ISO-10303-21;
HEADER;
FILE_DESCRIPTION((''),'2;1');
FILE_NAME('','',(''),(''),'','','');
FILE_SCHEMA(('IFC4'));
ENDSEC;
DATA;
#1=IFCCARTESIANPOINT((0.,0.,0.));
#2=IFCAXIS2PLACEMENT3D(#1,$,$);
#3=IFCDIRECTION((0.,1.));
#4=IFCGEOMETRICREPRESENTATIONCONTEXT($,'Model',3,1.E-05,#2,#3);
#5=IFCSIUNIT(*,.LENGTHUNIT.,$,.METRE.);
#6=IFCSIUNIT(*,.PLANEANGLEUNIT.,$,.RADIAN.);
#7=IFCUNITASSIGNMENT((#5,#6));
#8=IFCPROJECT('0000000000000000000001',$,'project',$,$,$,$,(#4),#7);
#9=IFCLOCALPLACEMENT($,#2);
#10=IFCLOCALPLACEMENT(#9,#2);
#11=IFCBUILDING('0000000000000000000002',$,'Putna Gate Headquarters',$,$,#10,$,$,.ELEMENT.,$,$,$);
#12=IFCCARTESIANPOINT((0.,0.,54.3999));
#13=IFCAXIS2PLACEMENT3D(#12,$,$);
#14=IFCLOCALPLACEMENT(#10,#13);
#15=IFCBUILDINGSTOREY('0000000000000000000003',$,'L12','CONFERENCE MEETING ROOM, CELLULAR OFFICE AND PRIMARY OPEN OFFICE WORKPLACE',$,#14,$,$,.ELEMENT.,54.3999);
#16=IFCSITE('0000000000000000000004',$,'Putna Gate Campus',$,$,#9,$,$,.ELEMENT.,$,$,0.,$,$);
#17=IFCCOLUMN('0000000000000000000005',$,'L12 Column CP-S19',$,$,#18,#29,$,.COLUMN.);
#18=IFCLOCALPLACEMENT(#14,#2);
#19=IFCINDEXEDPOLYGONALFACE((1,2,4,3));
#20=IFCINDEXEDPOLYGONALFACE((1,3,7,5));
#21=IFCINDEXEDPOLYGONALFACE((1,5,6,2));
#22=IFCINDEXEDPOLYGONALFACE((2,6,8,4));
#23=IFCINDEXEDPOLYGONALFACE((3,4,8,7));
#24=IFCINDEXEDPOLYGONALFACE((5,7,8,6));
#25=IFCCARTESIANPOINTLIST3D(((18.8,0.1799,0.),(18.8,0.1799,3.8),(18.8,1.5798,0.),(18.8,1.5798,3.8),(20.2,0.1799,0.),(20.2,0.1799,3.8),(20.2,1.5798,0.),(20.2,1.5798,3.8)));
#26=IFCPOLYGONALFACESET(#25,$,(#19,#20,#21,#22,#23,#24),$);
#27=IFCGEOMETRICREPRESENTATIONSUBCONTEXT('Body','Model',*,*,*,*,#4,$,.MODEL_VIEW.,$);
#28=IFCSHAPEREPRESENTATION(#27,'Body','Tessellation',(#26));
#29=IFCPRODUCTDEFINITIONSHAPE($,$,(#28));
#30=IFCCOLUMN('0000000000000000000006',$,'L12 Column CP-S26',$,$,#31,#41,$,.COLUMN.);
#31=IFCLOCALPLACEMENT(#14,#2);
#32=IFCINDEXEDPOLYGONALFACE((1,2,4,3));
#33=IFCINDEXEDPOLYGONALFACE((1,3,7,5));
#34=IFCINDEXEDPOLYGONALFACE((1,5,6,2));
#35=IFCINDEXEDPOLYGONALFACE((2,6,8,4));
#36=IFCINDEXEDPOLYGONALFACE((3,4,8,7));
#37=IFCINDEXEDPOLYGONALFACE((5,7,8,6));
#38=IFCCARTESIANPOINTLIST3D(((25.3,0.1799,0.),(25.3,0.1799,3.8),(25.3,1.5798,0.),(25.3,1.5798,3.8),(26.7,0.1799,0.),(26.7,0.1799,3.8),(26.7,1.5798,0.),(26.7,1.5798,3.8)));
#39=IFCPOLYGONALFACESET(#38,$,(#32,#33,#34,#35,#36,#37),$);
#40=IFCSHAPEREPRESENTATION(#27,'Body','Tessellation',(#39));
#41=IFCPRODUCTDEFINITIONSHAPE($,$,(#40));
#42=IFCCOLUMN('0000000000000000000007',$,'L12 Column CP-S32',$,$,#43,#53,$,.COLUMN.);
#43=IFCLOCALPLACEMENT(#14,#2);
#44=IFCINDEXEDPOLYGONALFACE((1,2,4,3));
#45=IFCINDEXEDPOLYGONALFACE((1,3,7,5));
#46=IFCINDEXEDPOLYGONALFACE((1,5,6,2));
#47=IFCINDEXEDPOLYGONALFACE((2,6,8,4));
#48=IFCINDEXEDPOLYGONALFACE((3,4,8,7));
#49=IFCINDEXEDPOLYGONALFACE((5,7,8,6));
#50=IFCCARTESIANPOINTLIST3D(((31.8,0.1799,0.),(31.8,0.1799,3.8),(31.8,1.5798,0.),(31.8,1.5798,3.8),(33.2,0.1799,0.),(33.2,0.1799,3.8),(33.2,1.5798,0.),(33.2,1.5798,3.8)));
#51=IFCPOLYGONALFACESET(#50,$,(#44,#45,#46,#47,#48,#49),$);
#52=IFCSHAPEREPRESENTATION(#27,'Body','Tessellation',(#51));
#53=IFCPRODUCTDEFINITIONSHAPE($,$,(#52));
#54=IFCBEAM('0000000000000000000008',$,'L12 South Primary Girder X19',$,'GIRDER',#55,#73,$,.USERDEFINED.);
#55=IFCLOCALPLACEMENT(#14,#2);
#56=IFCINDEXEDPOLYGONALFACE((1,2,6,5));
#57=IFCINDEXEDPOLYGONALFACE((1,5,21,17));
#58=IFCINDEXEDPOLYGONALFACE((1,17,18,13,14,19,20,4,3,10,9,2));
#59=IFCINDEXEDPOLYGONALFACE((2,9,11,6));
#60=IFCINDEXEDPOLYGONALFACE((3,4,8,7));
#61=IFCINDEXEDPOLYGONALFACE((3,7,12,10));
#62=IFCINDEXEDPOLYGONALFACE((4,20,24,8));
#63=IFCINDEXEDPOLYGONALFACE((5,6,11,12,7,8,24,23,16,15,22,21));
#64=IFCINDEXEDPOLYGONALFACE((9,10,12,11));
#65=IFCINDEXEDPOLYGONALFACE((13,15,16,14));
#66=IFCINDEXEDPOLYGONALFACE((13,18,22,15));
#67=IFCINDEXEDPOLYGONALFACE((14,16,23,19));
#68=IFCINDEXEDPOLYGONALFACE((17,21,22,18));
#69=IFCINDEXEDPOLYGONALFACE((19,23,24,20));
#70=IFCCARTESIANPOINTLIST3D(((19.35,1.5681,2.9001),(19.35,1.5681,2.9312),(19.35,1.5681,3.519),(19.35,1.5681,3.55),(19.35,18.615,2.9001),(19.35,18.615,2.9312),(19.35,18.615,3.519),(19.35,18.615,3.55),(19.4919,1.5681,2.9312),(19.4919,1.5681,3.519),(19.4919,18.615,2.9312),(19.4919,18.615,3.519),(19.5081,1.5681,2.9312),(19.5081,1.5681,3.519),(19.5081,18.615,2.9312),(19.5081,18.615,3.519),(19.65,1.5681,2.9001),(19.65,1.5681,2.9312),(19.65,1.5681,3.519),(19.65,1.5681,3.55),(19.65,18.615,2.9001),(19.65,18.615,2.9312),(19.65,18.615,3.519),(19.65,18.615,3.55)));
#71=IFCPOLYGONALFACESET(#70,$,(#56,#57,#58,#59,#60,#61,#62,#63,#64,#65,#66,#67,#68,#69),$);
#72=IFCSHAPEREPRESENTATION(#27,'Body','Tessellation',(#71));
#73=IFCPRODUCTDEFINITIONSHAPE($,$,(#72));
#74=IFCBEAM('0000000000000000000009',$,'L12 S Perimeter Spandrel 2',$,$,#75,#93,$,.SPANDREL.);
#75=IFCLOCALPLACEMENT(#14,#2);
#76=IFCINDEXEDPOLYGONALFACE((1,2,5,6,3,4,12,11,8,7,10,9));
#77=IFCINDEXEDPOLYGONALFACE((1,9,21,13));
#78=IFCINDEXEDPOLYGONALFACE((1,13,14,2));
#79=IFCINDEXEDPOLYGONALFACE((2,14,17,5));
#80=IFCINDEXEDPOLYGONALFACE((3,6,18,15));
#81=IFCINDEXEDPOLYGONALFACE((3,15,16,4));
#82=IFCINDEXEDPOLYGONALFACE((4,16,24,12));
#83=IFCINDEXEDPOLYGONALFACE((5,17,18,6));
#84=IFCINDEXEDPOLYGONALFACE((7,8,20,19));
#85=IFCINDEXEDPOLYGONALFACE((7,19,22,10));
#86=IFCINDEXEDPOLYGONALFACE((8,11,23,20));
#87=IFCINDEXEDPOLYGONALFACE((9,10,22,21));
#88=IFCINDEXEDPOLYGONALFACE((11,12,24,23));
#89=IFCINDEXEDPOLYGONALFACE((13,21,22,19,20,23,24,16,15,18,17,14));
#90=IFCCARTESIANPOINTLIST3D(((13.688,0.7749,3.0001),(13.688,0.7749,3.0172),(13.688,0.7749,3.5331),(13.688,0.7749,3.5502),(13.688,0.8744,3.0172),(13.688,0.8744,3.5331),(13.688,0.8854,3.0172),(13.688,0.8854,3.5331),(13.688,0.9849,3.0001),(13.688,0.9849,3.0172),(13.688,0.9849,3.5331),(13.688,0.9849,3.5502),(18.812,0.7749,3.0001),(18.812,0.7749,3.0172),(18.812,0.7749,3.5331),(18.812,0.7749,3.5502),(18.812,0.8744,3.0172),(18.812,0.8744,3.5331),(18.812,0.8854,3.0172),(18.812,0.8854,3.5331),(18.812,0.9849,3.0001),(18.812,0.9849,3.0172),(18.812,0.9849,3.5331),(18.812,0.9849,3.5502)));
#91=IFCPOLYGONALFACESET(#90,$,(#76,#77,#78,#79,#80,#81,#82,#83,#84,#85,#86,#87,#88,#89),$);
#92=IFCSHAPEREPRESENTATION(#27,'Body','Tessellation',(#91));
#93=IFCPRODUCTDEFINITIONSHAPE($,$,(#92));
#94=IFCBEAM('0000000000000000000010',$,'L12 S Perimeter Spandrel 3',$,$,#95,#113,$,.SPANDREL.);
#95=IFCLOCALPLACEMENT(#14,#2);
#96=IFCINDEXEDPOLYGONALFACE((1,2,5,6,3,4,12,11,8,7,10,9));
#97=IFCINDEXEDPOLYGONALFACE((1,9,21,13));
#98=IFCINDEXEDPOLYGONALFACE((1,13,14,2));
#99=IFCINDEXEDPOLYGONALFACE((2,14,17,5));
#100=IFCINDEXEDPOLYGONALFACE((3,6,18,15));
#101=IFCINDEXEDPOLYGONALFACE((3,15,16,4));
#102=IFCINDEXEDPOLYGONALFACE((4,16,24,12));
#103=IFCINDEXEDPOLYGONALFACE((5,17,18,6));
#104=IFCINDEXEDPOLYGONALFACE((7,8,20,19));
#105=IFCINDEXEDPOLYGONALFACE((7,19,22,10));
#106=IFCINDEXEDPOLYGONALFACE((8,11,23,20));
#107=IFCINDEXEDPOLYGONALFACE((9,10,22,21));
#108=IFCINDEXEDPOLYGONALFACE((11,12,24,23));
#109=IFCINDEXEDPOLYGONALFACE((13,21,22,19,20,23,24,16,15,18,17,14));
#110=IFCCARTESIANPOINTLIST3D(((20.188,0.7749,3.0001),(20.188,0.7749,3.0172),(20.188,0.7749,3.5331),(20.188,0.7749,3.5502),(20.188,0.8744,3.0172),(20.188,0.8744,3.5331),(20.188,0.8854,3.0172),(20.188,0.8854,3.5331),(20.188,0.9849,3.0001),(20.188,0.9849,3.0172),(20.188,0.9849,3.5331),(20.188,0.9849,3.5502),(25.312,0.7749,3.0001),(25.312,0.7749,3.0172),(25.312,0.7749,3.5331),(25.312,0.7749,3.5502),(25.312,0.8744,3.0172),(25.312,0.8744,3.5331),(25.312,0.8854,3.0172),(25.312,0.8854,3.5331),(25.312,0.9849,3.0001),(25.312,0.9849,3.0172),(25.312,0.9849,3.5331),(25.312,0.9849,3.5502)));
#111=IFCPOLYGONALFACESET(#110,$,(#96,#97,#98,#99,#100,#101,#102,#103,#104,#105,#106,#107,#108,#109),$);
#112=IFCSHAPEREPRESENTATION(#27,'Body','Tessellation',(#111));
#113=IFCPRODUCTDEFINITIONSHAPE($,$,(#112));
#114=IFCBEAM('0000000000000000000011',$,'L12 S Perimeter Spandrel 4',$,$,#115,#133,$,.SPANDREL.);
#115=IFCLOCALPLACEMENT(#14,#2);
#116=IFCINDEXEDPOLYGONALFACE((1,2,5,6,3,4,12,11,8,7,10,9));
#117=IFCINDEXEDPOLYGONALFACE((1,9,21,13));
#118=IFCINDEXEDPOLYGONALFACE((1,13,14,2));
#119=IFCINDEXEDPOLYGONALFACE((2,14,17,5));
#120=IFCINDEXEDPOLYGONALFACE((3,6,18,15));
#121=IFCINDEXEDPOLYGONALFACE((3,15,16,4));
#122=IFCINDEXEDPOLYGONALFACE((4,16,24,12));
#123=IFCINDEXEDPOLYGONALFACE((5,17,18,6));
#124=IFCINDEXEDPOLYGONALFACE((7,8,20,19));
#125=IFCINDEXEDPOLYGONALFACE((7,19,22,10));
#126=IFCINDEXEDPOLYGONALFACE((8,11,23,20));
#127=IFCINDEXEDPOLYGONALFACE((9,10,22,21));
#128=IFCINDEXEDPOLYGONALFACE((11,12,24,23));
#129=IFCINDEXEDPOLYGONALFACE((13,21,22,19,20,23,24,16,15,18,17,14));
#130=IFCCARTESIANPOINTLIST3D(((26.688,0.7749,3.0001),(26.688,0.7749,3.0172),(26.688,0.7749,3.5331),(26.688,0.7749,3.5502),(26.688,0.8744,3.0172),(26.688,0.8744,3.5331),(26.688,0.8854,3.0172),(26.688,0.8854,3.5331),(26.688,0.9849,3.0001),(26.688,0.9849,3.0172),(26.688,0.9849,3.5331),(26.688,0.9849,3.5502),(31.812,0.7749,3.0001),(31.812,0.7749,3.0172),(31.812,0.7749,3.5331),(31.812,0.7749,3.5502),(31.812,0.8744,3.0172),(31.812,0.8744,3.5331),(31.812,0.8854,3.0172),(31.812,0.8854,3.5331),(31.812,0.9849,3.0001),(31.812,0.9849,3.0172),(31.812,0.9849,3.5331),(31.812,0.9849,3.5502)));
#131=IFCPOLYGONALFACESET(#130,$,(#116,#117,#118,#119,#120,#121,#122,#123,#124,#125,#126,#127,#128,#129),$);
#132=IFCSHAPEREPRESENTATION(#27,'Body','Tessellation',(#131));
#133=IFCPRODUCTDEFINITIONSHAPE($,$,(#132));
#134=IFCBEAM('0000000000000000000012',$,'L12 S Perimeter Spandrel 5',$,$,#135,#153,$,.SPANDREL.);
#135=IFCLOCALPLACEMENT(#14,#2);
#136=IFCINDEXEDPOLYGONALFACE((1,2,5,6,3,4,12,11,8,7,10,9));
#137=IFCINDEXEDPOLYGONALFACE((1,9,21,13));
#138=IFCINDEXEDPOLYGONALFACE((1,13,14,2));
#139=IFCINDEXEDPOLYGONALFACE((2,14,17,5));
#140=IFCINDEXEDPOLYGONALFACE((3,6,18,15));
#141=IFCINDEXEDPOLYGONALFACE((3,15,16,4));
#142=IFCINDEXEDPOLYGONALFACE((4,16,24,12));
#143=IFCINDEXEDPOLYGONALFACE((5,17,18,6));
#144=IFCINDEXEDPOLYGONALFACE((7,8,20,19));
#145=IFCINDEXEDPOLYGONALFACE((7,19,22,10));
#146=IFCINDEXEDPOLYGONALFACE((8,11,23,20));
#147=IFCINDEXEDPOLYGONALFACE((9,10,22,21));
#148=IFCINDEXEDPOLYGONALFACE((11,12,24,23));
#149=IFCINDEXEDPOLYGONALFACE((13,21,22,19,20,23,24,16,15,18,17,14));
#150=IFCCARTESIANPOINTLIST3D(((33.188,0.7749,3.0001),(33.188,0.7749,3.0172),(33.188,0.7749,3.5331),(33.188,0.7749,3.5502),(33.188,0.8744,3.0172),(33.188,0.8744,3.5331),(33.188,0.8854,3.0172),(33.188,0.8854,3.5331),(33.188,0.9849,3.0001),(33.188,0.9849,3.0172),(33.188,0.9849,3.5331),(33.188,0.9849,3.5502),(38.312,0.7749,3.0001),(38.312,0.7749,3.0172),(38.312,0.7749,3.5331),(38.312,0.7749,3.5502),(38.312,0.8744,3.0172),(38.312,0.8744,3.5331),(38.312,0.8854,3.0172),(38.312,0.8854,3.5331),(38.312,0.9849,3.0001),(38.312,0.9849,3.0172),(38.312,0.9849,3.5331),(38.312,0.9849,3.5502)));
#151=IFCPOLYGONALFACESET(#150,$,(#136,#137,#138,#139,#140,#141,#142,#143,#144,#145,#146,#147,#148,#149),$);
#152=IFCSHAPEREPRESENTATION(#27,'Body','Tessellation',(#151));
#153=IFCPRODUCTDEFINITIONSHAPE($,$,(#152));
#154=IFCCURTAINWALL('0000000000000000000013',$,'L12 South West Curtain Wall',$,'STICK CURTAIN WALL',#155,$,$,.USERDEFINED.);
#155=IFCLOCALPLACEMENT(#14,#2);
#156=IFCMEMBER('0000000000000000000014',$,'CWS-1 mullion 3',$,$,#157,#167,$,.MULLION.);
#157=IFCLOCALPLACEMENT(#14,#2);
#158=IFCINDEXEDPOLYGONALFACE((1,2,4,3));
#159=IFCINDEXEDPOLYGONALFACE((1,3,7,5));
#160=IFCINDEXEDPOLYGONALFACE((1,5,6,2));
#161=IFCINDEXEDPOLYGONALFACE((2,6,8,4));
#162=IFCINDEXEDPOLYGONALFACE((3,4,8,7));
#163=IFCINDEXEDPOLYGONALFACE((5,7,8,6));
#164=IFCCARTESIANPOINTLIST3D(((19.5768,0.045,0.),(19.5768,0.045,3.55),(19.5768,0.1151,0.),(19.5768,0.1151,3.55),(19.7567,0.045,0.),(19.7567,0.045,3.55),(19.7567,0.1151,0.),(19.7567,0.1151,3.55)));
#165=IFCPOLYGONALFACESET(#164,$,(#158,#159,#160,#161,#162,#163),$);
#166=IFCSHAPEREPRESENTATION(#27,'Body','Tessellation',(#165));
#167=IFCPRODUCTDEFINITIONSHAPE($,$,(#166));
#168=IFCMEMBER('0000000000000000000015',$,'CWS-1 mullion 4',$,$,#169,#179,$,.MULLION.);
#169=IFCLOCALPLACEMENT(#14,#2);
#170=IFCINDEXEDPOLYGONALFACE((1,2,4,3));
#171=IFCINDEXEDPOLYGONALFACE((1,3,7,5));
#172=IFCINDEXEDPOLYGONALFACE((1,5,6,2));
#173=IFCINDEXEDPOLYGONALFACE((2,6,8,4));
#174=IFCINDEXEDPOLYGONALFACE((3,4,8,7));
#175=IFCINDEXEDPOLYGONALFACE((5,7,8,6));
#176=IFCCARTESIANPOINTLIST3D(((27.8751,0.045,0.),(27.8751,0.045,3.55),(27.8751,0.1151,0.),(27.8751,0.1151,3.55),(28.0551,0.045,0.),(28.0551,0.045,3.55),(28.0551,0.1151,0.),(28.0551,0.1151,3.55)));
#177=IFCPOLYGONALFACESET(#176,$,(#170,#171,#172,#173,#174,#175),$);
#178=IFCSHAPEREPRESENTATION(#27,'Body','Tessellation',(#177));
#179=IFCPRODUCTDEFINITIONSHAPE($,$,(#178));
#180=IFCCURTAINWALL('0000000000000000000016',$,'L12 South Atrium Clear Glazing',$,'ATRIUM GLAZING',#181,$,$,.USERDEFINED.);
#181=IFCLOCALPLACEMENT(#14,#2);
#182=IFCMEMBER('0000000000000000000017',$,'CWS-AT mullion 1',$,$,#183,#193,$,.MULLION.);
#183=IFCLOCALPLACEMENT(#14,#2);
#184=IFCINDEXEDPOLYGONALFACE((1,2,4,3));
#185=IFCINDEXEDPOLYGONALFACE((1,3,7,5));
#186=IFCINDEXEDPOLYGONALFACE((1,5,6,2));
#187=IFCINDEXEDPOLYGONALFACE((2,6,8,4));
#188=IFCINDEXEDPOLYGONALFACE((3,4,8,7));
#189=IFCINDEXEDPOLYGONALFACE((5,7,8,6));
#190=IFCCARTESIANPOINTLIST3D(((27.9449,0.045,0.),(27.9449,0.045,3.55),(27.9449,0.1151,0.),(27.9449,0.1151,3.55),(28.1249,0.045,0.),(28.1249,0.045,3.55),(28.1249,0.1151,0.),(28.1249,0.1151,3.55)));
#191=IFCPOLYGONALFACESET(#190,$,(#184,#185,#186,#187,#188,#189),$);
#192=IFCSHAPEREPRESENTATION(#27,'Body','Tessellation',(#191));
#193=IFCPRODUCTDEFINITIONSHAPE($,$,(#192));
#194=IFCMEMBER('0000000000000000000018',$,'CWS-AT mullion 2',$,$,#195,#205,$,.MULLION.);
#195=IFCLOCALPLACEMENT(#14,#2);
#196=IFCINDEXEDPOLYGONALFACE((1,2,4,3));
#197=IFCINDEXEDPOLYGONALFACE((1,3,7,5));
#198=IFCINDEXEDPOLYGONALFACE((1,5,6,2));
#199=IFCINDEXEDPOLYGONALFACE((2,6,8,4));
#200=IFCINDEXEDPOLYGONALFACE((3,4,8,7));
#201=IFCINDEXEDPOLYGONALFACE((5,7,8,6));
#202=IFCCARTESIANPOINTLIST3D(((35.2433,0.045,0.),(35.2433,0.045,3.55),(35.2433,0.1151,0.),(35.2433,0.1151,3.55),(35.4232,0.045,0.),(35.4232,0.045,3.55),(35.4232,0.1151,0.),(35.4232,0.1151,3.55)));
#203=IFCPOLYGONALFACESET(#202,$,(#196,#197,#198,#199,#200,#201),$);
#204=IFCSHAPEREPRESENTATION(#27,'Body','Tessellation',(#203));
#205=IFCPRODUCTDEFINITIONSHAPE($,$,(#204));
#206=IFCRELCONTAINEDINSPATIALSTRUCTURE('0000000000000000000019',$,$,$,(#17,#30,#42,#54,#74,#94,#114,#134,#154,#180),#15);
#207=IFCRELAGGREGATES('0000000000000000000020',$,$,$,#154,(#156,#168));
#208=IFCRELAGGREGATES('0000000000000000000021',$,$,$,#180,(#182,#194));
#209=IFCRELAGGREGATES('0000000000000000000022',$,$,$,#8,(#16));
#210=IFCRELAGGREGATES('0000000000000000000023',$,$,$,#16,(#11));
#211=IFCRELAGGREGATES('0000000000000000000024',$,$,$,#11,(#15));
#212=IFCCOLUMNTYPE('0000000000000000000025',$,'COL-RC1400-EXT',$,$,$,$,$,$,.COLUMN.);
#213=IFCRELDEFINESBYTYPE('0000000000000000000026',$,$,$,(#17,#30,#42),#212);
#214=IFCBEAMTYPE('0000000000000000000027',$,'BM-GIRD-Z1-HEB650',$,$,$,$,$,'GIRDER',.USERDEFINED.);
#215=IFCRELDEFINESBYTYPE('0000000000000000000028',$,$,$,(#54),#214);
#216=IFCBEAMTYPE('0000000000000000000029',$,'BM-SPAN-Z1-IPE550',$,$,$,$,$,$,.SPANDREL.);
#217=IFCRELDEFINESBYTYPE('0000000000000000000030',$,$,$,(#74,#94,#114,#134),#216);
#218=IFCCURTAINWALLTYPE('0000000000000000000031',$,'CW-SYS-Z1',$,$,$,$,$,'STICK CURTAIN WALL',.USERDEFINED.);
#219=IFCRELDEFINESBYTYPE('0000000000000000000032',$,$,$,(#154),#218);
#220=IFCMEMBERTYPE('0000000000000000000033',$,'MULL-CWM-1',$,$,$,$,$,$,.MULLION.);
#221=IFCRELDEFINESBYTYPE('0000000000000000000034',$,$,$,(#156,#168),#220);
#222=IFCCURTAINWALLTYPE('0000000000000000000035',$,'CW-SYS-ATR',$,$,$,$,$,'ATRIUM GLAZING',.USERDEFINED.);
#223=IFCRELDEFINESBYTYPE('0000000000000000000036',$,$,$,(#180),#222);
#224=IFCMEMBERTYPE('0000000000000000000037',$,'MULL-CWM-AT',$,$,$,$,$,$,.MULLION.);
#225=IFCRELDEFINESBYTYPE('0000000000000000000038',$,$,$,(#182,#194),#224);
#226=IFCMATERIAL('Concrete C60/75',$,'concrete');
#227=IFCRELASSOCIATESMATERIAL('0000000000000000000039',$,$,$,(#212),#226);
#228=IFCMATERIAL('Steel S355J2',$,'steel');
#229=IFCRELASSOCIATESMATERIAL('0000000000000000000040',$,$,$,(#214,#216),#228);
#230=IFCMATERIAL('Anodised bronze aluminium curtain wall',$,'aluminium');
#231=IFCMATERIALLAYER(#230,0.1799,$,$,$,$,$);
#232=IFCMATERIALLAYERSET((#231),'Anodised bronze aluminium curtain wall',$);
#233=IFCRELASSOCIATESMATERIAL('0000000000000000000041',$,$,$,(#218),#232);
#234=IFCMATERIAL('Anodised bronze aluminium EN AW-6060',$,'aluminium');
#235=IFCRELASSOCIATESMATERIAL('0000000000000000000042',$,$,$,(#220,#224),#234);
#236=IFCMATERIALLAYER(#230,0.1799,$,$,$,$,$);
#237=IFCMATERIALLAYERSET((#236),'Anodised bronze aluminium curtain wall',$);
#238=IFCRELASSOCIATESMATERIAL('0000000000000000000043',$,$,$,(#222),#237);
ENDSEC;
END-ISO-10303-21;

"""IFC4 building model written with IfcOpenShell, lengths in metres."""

from ifc_helpers import new_model, si_unit, direction, frame, origin, origin_2d, place, context, subcontext, project, spatial, rectangle, i_section, extrude, material, layer, layer_set, material_profile, profile_set, type_object, element, aggregate, save


model = new_model("IFC4")

# Units and contexts
model_context = context("Model", 3, precision=1e-05, world=origin(), true_north=direction((0.0, 1.0)))
body_context = subcontext(model_context, "Body", "Model", "MODEL_VIEW")
ifc_project = project(units=[si_unit("LENGTHUNIT", "METRE"), si_unit("PLANEANGLEUNIT", "RADIAN")], contexts=[model_context])

# Site, building, storey
site_placement = place(None, origin())
site = spatial("IfcSite", under=ifc_project, at=site_placement, Name="Putna Gate Campus", CompositionType="ELEMENT", RefElevation=0.0)
building_placement = place(site_placement, origin())
building = spatial("IfcBuilding", under=site, at=building_placement, Name="Putna Gate Headquarters", CompositionType="ELEMENT")
storey_placement = place(building_placement, frame((0.0, 0.0, 54.3999)))
storey = spatial("IfcBuildingStorey", under=building, at=storey_placement, Name="L12", Description="CONFERENCE MEETING ROOM, CELLULAR OFFICE AND PRIMARY OPEN OFFICE WORKPLACE", CompositionType="ELEMENT", Elevation=54.3999)

# Columns
ifc_material_1 = material(Name="Concrete C60/75", Category="concrete")
ifc_material_profile_1 = material_profile(ifc_material_1, rectangle(XDim=1.3999, YDim=1.3999, at=origin_2d()), Name="Concrete C60/75")
ifc_profile_set_1 = profile_set([ifc_material_profile_1], Name="Concrete C60/75")
column_type = type_object("IfcColumnType", Name="COL-RC1400-EXT", PredefinedType="COLUMN", material=ifc_profile_set_1)
for number, where, z_axis, x_axis, name in (
    (1, (19.5, 0.8799, 0.0), (0.0, 0.0, 1.0), (1.0, 0.0, 0.0), "L12 Column CP-S19"),
    (2, (26.0, 0.8799, 0.0), (0.0, 0.0, 1.0), (1.0, 0.0, 0.0), "L12 Column CP-S26"),
    (3, (32.5, 0.8799, 0.0), (0.0, 0.0, 1.0), (1.0, 0.0, 0.0), "L12 Column CP-S32"),
):
    element("IfcColumn", number, at=place(storey_placement, frame(where, z_axis=z_axis, x_axis=x_axis)), inside=storey, type_object=column_type, Name=name, PredefinedType="COLUMN", context=body_context, shape_type="SweptSolid", body=[
        extrude(rectangle(XDim=1.3999, YDim=1.3999, at=origin_2d()), origin(), (0.0, 0.0, 1.0), 3.8),
    ])

# Beams
ifc_material_2 = material(Name="Steel S355J2", Category="steel")
ifc_material_profile_2 = material_profile(ifc_material_2, i_section(OverallWidth=0.3, OverallDepth=0.6499, WebThickness=0.0161, FlangeThickness=0.031, at=origin_2d()), Name="Steel S355J2")
ifc_profile_set_2 = profile_set([ifc_material_profile_2], Name="Steel S355J2")
beam_type_1 = type_object("IfcBeamType", Name="BM-GIRD-Z1-HEB650", ElementType="GIRDER", PredefinedType="USERDEFINED", material=ifc_profile_set_2)
beam_placement = place(storey_placement, frame((19.5, 1.5681, 3.2251), z_axis=(0.0, 1.0, 0.0), x_axis=(-1.0, 0.0, 0.0)))
element("IfcBeam", 4, at=beam_placement, inside=storey, type_object=beam_type_1, Name="L12 South Primary Girder X19", ObjectType="GIRDER", PredefinedType="USERDEFINED", context=body_context, shape_type="SweptSolid", body=[
    extrude(i_section(OverallWidth=0.3, OverallDepth=0.6499, WebThickness=0.0161, FlangeThickness=0.031, at=origin_2d()), origin(), (0.0, 0.0, 1.0), 17.0469),
])
ifc_material_profile_3 = material_profile(ifc_material_2, i_section(OverallWidth=0.21, OverallDepth=0.55, WebThickness=0.011, FlangeThickness=0.0171, at=origin_2d()), Name="Steel S355J2")
ifc_profile_set_3 = profile_set([ifc_material_profile_3], Name="Steel S355J2")
beam_type_2 = type_object("IfcBeamType", Name="BM-SPAN-Z1-IPE550", PredefinedType="SPANDREL", material=ifc_profile_set_3)
for number, where, z_axis, x_axis, name in (
    (5, (13.688, 0.8799, 3.2751), (1.0, 0.0, 0.0), (0.0, 1.0, 0.0), "L12 S Perimeter Spandrel 2"),
    (6, (20.188, 0.8799, 3.2751), (1.0, 0.0, 0.0), (0.0, 1.0, 0.0), "L12 S Perimeter Spandrel 3"),
    (7, (26.688, 0.8799, 3.2751), (1.0, 0.0, 0.0), (0.0, 1.0, 0.0), "L12 S Perimeter Spandrel 4"),
    (8, (33.188, 0.8799, 3.2751), (1.0, 0.0, 0.0), (0.0, 1.0, 0.0), "L12 S Perimeter Spandrel 5"),
):
    element("IfcBeam", number, at=place(storey_placement, frame(where, z_axis=z_axis, x_axis=x_axis)), inside=storey, type_object=beam_type_2, Name=name, PredefinedType="SPANDREL", context=body_context, shape_type="SweptSolid", body=[
        extrude(i_section(OverallWidth=0.21, OverallDepth=0.55, WebThickness=0.011, FlangeThickness=0.0171, at=origin_2d()), origin(), (0.0, 0.0, 1.0), 5.124),
    ])

# Curtain walls, members
ifc_material_3 = material(Name="Anodised bronze aluminium curtain wall", Category="aluminium")
ifc_layer_1 = layer(ifc_material_3, 0.1799)
ifc_layer_set_1 = layer_set([ifc_layer_1], Name="Anodised bronze aluminium curtain wall")
curtain_wall_type_1 = type_object("IfcCurtainWallType", Name="CW-SYS-Z1", ElementType="STICK CURTAIN WALL", PredefinedType="USERDEFINED", material=ifc_layer_set_1)
curtain_wall_1_placement = place(storey_placement, origin())
curtain_wall_1 = element("IfcCurtainWall", 9, at=curtain_wall_1_placement, inside=storey, type_object=curtain_wall_type_1, Name="L12 South West Curtain Wall", ObjectType="STICK CURTAIN WALL", PredefinedType="USERDEFINED")
ifc_material_4 = material(Name="Anodised bronze aluminium EN AW-6060", Category="aluminium")
ifc_material_profile_4 = material_profile(ifc_material_4, rectangle(XDim=0.0701, YDim=0.1799, at=origin_2d()), Name="Anodised bronze aluminium EN AW-6060")
ifc_profile_set_4 = profile_set([ifc_material_profile_4], Name="Anodised bronze aluminium EN AW-6060")
member_type_1 = type_object("IfcMemberType", Name="MULL-CWM-1", PredefinedType="MULLION", material=ifc_profile_set_4)
member_1_placement = place(storey_placement, frame((19.6667, 0.0801, 0.0), z_axis=(0.0, 0.0, 1.0), x_axis=(0.0, 1.0, 0.0)))
member_1 = element("IfcMember", 10, at=member_1_placement, type_object=member_type_1, Name="CWS-1 mullion 3", PredefinedType="MULLION", context=body_context, shape_type="SweptSolid", body=[
    extrude(rectangle(XDim=0.0701, YDim=0.1799, at=origin_2d()), origin(), (0.0, 0.0, 1.0), 3.55),
])
member_2_placement = place(storey_placement, frame((27.9651, 0.0801, 0.0), z_axis=(0.0, 0.0, 1.0), x_axis=(0.0, 1.0, 0.0)))
member_2 = element("IfcMember", 11, at=member_2_placement, type_object=member_type_1, Name="CWS-1 mullion 4", PredefinedType="MULLION", context=body_context, shape_type="SweptSolid", body=[
    extrude(rectangle(XDim=0.0701, YDim=0.1799, at=origin_2d()), origin(), (0.0, 0.0, 1.0), 3.55),
])
ifc_layer_2 = layer(ifc_material_3, 0.1799)
ifc_layer_set_2 = layer_set([ifc_layer_2], Name="Anodised bronze aluminium curtain wall")
curtain_wall_type_2 = type_object("IfcCurtainWallType", Name="CW-SYS-ATR", ElementType="ATRIUM GLAZING", PredefinedType="USERDEFINED", material=ifc_layer_set_2)
curtain_wall_2_placement = place(storey_placement, origin())
curtain_wall_2 = element("IfcCurtainWall", 12, at=curtain_wall_2_placement, inside=storey, type_object=curtain_wall_type_2, Name="L12 South Atrium Clear Glazing", ObjectType="ATRIUM GLAZING", PredefinedType="USERDEFINED")
ifc_material_profile_5 = material_profile(ifc_material_4, rectangle(XDim=0.0701, YDim=0.1799, at=origin_2d()), Name="Anodised bronze aluminium EN AW-6060")
ifc_profile_set_5 = profile_set([ifc_material_profile_5], Name="Anodised bronze aluminium EN AW-6060")
member_type_2 = type_object("IfcMemberType", Name="MULL-CWM-AT", PredefinedType="MULLION", material=ifc_profile_set_5)
member_3_placement = place(storey_placement, frame((28.0349, 0.0801, 0.0), z_axis=(0.0, 0.0, 1.0), x_axis=(0.0, 1.0, 0.0)))
member_3 = element("IfcMember", 13, at=member_3_placement, type_object=member_type_2, Name="CWS-AT mullion 1", PredefinedType="MULLION", context=body_context, shape_type="SweptSolid", body=[
    extrude(rectangle(XDim=0.0701, YDim=0.1799, at=origin_2d()), origin(), (0.0, 0.0, 1.0), 3.55),
])
member_4_placement = place(storey_placement, frame((35.3333, 0.0801, 0.0), z_axis=(0.0, 0.0, 1.0), x_axis=(0.0, 1.0, 0.0)))
member_4 = element("IfcMember", 14, at=member_4_placement, type_object=member_type_2, Name="CWS-AT mullion 2", PredefinedType="MULLION", context=body_context, shape_type="SweptSolid", body=[
    extrude(rectangle(XDim=0.0701, YDim=0.1799, at=origin_2d()), origin(), (0.0, 0.0, 1.0), 3.55),
])

aggregate(curtain_wall_1, [member_1, member_2])
aggregate(curtain_wall_2, [member_3, member_4])

save(model, "model.ifc")
